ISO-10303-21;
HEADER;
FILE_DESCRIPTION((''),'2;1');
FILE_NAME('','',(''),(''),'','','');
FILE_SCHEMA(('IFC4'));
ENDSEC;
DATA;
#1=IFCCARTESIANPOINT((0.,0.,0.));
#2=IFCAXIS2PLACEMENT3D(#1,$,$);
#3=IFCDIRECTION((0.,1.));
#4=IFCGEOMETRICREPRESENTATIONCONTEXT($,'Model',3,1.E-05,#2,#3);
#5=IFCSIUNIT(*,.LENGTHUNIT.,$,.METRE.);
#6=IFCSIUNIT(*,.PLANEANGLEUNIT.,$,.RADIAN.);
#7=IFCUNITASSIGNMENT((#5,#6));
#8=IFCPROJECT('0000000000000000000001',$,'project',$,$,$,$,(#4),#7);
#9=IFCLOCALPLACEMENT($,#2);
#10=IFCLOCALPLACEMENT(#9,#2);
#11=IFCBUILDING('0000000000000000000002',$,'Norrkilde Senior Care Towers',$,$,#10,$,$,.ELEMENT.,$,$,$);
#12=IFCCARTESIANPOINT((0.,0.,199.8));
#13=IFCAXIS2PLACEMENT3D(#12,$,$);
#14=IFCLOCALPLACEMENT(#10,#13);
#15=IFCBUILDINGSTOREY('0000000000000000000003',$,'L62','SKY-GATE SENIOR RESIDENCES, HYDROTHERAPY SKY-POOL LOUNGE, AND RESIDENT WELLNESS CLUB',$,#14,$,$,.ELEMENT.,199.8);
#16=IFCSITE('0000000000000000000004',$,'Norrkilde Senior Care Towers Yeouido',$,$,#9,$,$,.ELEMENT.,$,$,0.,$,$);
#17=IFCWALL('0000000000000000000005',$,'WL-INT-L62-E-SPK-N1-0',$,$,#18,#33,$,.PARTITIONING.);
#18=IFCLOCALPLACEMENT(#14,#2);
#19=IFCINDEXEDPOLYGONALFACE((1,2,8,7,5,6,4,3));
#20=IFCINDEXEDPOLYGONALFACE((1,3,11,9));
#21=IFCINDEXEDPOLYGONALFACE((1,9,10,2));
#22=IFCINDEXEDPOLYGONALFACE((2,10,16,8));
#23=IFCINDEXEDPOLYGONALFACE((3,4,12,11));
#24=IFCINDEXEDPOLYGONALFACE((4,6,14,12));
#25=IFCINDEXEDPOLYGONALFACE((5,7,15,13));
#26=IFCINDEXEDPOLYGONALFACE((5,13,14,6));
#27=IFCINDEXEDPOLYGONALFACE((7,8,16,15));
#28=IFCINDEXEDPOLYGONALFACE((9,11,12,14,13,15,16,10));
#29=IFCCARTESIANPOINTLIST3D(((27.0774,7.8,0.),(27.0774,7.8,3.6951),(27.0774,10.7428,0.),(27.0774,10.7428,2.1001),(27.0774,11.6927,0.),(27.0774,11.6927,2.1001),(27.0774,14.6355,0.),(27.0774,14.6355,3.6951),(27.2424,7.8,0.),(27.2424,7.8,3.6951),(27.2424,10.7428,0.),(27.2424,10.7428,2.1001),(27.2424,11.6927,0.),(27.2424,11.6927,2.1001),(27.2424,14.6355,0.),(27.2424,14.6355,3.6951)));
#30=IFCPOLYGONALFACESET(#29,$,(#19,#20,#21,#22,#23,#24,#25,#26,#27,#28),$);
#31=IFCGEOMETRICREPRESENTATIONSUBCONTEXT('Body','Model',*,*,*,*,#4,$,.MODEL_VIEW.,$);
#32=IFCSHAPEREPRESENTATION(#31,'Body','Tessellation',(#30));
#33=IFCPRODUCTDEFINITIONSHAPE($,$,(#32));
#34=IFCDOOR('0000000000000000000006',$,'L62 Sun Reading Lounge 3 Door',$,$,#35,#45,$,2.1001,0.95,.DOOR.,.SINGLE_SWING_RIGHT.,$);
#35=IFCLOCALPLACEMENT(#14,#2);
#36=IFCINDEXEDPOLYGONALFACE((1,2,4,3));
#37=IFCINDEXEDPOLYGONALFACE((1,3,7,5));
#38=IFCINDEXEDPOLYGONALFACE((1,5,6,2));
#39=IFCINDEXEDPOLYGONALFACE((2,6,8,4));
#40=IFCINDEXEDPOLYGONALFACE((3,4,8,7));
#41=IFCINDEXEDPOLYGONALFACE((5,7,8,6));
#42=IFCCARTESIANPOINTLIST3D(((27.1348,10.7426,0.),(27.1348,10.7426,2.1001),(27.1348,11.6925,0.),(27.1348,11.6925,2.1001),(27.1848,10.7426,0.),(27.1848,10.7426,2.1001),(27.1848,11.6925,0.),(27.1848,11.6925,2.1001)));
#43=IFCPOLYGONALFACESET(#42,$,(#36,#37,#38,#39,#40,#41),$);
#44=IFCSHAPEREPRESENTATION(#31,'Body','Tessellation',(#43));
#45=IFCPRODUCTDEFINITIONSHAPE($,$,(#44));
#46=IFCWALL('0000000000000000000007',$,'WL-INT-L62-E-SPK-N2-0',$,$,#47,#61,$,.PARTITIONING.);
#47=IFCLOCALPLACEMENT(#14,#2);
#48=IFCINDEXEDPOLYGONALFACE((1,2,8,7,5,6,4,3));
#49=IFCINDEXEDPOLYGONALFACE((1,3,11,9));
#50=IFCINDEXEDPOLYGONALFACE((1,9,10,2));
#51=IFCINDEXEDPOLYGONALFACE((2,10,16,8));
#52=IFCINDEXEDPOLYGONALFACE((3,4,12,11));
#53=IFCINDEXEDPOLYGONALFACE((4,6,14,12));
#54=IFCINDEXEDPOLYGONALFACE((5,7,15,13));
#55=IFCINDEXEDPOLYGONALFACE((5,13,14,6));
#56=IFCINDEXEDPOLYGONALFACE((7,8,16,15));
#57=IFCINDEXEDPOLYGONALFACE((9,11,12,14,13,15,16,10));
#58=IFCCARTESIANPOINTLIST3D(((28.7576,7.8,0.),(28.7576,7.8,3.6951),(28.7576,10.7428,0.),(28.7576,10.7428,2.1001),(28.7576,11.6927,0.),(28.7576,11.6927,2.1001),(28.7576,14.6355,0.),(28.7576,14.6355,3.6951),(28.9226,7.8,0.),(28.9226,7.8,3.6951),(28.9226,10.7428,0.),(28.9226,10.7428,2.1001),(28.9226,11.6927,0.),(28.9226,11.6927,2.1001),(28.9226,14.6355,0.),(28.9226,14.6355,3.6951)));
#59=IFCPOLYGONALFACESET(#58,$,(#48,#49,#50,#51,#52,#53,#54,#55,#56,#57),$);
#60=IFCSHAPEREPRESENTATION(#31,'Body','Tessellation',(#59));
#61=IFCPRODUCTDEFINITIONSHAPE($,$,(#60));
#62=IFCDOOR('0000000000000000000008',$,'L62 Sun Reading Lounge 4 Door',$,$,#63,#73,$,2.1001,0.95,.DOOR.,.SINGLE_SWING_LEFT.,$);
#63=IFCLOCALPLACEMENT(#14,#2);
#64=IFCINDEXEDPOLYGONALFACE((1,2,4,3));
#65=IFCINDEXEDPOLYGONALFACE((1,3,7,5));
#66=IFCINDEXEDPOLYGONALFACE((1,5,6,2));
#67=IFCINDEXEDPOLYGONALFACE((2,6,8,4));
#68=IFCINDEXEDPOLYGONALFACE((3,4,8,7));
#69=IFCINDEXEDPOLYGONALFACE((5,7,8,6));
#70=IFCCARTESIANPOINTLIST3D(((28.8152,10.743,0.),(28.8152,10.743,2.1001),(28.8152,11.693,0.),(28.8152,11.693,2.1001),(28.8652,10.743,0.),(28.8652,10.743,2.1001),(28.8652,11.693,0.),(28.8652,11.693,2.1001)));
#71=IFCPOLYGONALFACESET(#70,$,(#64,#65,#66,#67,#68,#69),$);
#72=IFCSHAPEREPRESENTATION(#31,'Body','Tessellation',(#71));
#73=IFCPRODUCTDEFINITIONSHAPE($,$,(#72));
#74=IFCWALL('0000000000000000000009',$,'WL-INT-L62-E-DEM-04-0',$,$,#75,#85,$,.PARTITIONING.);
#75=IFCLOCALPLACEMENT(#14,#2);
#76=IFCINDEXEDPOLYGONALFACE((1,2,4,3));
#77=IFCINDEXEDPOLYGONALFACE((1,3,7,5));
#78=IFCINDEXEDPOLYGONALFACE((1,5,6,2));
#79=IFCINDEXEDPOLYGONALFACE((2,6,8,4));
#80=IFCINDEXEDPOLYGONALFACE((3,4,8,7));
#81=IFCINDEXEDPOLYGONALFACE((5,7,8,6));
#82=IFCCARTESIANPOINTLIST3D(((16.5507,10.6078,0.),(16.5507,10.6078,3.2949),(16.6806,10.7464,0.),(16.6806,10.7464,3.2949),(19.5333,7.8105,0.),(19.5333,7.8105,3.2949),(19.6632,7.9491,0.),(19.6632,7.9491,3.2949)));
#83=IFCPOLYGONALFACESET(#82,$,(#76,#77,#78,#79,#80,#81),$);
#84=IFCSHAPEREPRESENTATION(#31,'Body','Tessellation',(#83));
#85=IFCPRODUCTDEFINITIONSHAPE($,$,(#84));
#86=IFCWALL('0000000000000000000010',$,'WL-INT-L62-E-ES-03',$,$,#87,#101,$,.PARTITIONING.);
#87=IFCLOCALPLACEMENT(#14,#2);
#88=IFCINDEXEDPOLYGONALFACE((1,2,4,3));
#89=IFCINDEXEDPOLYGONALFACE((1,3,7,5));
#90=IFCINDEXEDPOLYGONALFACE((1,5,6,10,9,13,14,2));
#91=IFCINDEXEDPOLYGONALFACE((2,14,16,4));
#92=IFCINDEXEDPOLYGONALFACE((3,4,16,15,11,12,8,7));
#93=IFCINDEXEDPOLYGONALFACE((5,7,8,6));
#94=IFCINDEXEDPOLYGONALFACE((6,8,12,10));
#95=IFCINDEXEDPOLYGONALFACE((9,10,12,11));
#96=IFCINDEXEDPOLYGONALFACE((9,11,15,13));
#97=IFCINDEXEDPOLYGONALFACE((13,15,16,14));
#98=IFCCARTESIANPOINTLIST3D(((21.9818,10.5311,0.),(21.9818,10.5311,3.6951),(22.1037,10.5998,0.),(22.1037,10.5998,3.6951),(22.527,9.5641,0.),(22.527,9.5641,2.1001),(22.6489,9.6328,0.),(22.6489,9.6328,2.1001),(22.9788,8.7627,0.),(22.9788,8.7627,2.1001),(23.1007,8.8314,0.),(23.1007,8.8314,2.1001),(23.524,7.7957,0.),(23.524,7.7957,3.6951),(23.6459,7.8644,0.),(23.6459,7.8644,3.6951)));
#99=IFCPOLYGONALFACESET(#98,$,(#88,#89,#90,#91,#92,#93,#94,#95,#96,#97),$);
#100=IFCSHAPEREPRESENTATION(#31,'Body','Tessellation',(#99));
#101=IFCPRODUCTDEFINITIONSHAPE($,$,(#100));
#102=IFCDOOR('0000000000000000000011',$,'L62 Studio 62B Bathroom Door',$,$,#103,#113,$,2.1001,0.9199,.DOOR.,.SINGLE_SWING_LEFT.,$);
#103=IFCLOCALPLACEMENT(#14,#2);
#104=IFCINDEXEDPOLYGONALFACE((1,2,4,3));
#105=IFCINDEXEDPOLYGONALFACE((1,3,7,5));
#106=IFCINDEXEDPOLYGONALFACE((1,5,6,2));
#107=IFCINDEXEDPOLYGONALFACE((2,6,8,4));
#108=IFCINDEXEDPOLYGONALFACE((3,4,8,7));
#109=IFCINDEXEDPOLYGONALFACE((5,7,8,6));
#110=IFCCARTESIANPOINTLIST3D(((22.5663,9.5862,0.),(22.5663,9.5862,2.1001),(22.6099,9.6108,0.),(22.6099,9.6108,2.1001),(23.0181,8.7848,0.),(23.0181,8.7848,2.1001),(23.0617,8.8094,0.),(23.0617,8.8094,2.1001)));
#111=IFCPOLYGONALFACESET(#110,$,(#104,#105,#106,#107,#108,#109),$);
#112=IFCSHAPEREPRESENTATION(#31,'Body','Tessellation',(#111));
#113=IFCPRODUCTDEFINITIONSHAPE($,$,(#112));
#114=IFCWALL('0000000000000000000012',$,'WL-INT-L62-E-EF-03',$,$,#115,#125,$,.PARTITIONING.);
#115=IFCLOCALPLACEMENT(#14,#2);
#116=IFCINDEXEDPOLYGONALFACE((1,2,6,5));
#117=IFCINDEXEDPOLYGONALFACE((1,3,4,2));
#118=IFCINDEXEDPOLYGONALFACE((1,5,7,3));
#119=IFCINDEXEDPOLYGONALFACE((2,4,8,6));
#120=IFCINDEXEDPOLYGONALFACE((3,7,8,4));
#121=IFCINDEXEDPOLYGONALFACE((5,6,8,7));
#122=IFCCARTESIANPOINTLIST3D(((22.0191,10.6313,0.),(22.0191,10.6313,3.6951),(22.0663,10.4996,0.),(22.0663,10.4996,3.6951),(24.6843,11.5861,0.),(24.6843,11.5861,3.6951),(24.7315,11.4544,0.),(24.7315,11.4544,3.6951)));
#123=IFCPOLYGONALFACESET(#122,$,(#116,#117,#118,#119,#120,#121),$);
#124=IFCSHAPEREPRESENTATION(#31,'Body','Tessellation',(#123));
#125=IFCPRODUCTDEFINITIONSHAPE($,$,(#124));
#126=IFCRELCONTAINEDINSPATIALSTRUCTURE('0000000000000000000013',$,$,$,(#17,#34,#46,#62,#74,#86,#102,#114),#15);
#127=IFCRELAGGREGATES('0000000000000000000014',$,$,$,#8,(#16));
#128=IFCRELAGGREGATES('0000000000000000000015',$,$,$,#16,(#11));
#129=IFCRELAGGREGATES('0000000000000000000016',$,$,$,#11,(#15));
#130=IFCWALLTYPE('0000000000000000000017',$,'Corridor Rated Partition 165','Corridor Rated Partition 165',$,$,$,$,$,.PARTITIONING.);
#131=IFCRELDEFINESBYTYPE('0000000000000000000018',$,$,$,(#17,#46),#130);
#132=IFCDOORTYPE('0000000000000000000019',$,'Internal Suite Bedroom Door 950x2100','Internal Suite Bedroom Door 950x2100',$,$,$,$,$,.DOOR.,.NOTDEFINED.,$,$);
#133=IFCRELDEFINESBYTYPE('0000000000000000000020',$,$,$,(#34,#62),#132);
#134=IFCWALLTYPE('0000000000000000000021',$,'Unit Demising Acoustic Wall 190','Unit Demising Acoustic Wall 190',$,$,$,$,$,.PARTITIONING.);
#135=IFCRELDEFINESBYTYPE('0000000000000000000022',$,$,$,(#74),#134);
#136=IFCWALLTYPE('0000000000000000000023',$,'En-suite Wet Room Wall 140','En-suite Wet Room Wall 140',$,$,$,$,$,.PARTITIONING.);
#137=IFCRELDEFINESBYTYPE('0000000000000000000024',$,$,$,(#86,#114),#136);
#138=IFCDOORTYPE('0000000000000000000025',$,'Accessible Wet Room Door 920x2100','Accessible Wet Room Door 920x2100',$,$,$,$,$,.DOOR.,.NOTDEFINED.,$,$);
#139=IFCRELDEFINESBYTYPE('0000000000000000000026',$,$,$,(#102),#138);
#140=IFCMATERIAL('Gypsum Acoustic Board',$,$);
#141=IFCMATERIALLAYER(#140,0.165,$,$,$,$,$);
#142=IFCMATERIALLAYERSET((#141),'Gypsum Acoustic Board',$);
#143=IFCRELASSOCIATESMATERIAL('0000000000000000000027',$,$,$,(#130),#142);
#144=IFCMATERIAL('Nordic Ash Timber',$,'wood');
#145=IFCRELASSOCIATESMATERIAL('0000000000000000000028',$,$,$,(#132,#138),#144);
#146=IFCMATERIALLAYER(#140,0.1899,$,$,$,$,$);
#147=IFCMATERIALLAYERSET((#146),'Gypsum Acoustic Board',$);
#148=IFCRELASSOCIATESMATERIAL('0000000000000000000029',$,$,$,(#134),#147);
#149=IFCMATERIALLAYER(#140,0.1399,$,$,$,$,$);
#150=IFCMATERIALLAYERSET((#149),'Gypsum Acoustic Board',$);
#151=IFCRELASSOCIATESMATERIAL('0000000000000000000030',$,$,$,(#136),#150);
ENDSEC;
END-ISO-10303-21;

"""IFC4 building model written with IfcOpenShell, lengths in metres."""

from ifc_helpers import new_model, si_unit, direction, frame, frame_2d, origin, place, context, subcontext, project, spatial, rectangle, extrude, source, transform, mapped, material, layer, layer_set, type_object, type_shapes, element, fill, save


model = new_model("IFC4")

# Units and contexts
model_context = context("Model", 3, precision=1e-05, world=origin(), true_north=direction((0.0, 1.0)))
body_context = subcontext(model_context, "Body", "Model", "MODEL_VIEW")
ifc_project = project(units=[si_unit("LENGTHUNIT", "METRE"), si_unit("PLANEANGLEUNIT", "RADIAN")], contexts=[model_context])

# Site, building, storey
site_placement = place(None, origin())
site = spatial("IfcSite", under=ifc_project, at=site_placement, Name="Norrkilde Senior Care Towers Yeouido", CompositionType="ELEMENT", RefElevation=0.0)
building_placement = place(site_placement, origin())
building = spatial("IfcBuilding", under=site, at=building_placement, Name="Norrkilde Senior Care Towers", CompositionType="ELEMENT")
storey_placement = place(building_placement, frame((0.0, 0.0, 199.8)))
storey = spatial("IfcBuildingStorey", under=building, at=storey_placement, Name="L62", Description="SKY-GATE SENIOR RESIDENCES, HYDROTHERAPY SKY-POOL LOUNGE, AND RESIDENT WELLNESS CLUB", CompositionType="ELEMENT", Elevation=199.8)

# Shared definitions
ifc_material_1 = material(Name="Gypsum Acoustic Board")
ifc_layer_1 = layer(ifc_material_1, 0.165)
ifc_layer_set_1 = layer_set([ifc_layer_1], Name="Gypsum Acoustic Board")
wall_type_1 = type_object("IfcWallType", Name="Corridor Rated Partition 165", Description="Corridor Rated Partition 165", PredefinedType="PARTITIONING", material=ifc_layer_set_1)
ifc_material_2 = material(Name="Nordic Ash Timber", Category="wood")

# Walls, openings, doors
shared_shape_1 = source(origin(), body_context, "Body", "SweptSolid", [
    extrude(rectangle(XDim=6.8354, YDim=0.165, at=frame_2d((3.4177, 0.0))), origin(), (0.0, 0.0, 1.0), 3.6951),
])
wall_1_placement = place(storey_placement, frame((27.1599, 7.8, 0.0), z_axis=(0.0, 0.0, 1.0), x_axis=(0.0, 1.0, 0.0)))
wall_1 = element("IfcWall", 1, at=wall_1_placement, inside=storey, type_object=wall_type_1, Name="WL-INT-L62-E-SPK-N1-0", PredefinedType="PARTITIONING", context=body_context, shape_type="MappedRepresentation", body=[
    mapped(shared_shape_1, transform((0.0, 0.0, 0.0), x_axis=(1.0, 0.0, 0.0), y_axis=(0.0, 1.0, 0.0), z_axis=(0.0, 0.0, 1.0), scale=1.0)),
])
opening_1_placement = place(wall_1_placement, frame((2.9426, 0.0, 0.0)))
opening_1 = element("IfcOpeningElement", 2, at=opening_1_placement, cuts=wall_1, PredefinedType="OPENING", context=body_context, shape_type="SweptSolid", body=[
    extrude(rectangle(XDim=0.95, YDim=2.1001, at=frame_2d((0.4751, 1.05))), frame((0.0, 0.0925, 0.0), z_axis=(0.0, -1.0, 0.0), x_axis=(1.0, 0.0, 0.0)), (0.0, 0.0, 1.0), 0.1851),
])
door_type_1 = type_object("IfcDoorType", Name="Internal Suite Bedroom Door 950x2100", Description="Internal Suite Bedroom Door 950x2100", OperationType="NOTDEFINED", PredefinedType="DOOR", material=ifc_material_2)
shared_shape_2 = source(origin(), body_context, "Body", "SweptSolid", [
    extrude(rectangle(XDim=0.95, YDim=2.1001, at=frame_2d((0.4751, 1.05))), frame((0.0, 0.0249, 0.0), z_axis=(0.0, -1.0, 0.0), x_axis=(1.0, 0.0, 0.0)), (0.0, 0.0, 1.0), 0.05),
])
type_shapes(door_type_1, [shared_shape_2])
door_1_placement = place(opening_1_placement, frame((0.95, 0.0, 0.0), z_axis=(0.0, 0.0, 1.0), x_axis=(-1.0, 0.0, 0.0)))
door_1 = element("IfcDoor", 3, at=door_1_placement, inside=storey, type_object=door_type_1, Name="L62 Sun Reading Lounge 3 Door", OperationType="SINGLE_SWING_RIGHT", OverallHeight=2.1001, OverallWidth=0.95, PredefinedType="DOOR", context=body_context, shape_type="MappedRepresentation", body=[
    mapped(shared_shape_2, transform((0.0, 0.0, 0.0), x_axis=(1.0, 0.0, 0.0), y_axis=(0.0, 1.0, 0.0), z_axis=(0.0, 0.0, 1.0), scale=1.0)),
])
fill(opening_1, door_1)
wall_2_placement = place(storey_placement, frame((28.8401, 14.6355, 0.0), z_axis=(0.0, 0.0, 1.0), x_axis=(0.0, -1.0, 0.0)))
wall_2 = element("IfcWall", 4, at=wall_2_placement, inside=storey, type_object=wall_type_1, Name="WL-INT-L62-E-SPK-N2-0", PredefinedType="PARTITIONING", context=body_context, shape_type="MappedRepresentation", body=[
    mapped(shared_shape_1, transform((0.0, 0.0, 0.0), x_axis=(1.0, 0.0, 0.0), y_axis=(0.0, 1.0, 0.0), z_axis=(0.0, 0.0, 1.0), scale=1.0)),
])
opening_2_placement = place(wall_2_placement, frame((2.9426, 0.0, 0.0)))
opening_2 = element("IfcOpeningElement", 5, at=opening_2_placement, cuts=wall_2, PredefinedType="OPENING", context=body_context, shape_type="SweptSolid", body=[
    extrude(rectangle(XDim=0.95, YDim=2.1001, at=frame_2d((0.4751, 1.05))), frame((0.0, 0.0925, 0.0), z_axis=(0.0, -1.0, 0.0), x_axis=(1.0, 0.0, 0.0)), (0.0, 0.0, 1.0), 0.1851),
])
door_2_placement = place(opening_2_placement, frame((0.95, 0.0, 0.0), z_axis=(0.0, 0.0, 1.0), x_axis=(-1.0, 0.0, 0.0)))
door_2 = element("IfcDoor", 6, at=door_2_placement, inside=storey, type_object=door_type_1, Name="L62 Sun Reading Lounge 4 Door", OperationType="SINGLE_SWING_LEFT", OverallHeight=2.1001, OverallWidth=0.95, PredefinedType="DOOR", context=body_context, shape_type="MappedRepresentation", body=[
    mapped(shared_shape_2, transform((0.0, 0.0, 0.0), x_axis=(1.0, 0.0, 0.0), y_axis=(0.0, 1.0, 0.0), z_axis=(0.0, 0.0, 1.0), scale=1.0)),
])
fill(opening_2, door_2)

# Wall
ifc_layer_2 = layer(ifc_material_1, 0.1899)
ifc_layer_set_2 = layer_set([ifc_layer_2], Name="Gypsum Acoustic Board")
wall_type_2 = type_object("IfcWallType", Name="Unit Demising Acoustic Wall 190", Description="Unit Demising Acoustic Wall 190", PredefinedType="PARTITIONING", material=ifc_layer_set_2)
shared_shape_3 = source(origin(), body_context, "Body", "SweptSolid", [
    extrude(rectangle(XDim=4.0891, YDim=0.1899, at=frame_2d((2.0444, 0.0))), origin(), (0.0, 0.0, 1.0), 3.2949),
])
type_shapes(wall_type_2, [shared_shape_3])
wall_3_placement = place(storey_placement, frame((19.5981, 7.8799, 0.0), z_axis=(0.0, 0.0, 1.0), x_axis=(-0.729401, 0.684086, 0.0)))
element("IfcWall", 7, at=wall_3_placement, inside=storey, type_object=wall_type_2, Name="WL-INT-L62-E-DEM-04-0", PredefinedType="PARTITIONING", context=body_context, shape_type="MappedRepresentation", body=[
    mapped(shared_shape_3, transform((0.0, 0.0, 0.0), x_axis=(1.0, 0.0, 0.0), y_axis=(0.0, 1.0, 0.0), z_axis=(0.0, 0.0, 1.0), scale=1.0)),
])

# Wall, opening, door
ifc_layer_3 = layer(ifc_material_1, 0.1399)
ifc_layer_set_3 = layer_set([ifc_layer_3], Name="Gypsum Acoustic Board")
wall_type_3 = type_object("IfcWallType", Name="En-suite Wet Room Wall 140", Description="En-suite Wet Room Wall 140", PredefinedType="PARTITIONING", material=ifc_layer_set_3)
shared_shape_4 = source(origin(), body_context, "Body", "SweptSolid", [
    extrude(rectangle(XDim=3.1401, YDim=0.1399, at=frame_2d((1.5701, 0.0))), origin(), (0.0, 0.0, 1.0), 3.6951),
])
wall_4_placement = place(storey_placement, frame((23.585, 7.8301, 0.0), z_axis=(0.0, 0.0, 1.0), x_axis=(-0.491132, 0.871085, 0.0)))
wall_4 = element("IfcWall", 8, at=wall_4_placement, inside=storey, type_object=wall_type_3, Name="WL-INT-L62-E-ES-03", PredefinedType="PARTITIONING", context=body_context, shape_type="MappedRepresentation", body=[
    mapped(shared_shape_4, transform((0.0, 0.0, 0.0), x_axis=(1.0, 0.0, 0.0), y_axis=(0.0, 1.0, 0.0), z_axis=(0.0, 0.0, 1.0), scale=1.0)),
])
opening_3_placement = place(wall_4_placement, frame((1.1101, 0.0, 0.0)))
opening_3 = element("IfcOpeningElement", 9, at=opening_3_placement, cuts=wall_4, PredefinedType="OPENING", context=body_context, shape_type="SweptSolid", body=[
    extrude(rectangle(XDim=0.9199, YDim=2.1001, at=frame_2d((0.46, 1.05))), frame((0.0, 0.0798, 0.0), z_axis=(0.0, -1.0, 0.0), x_axis=(1.0, 0.0, 0.0)), (0.0, 0.0, 1.0), 0.1599),
])
door_type_2 = type_object("IfcDoorType", Name="Accessible Wet Room Door 920x2100", Description="Accessible Wet Room Door 920x2100", OperationType="NOTDEFINED", PredefinedType="DOOR", material=ifc_material_2)
shared_shape_5 = source(origin(), body_context, "Body", "SweptSolid", [
    extrude(rectangle(XDim=0.9199, YDim=2.1001, at=frame_2d((0.46, 1.05))), frame((0.0, 0.0249, 0.0), z_axis=(0.0, -1.0, 0.0), x_axis=(1.0, 0.0, 0.0)), (0.0, 0.0, 1.0), 0.05),
])
type_shapes(door_type_2, [shared_shape_5])
door_3_placement = place(opening_3_placement, origin())
door_3 = element("IfcDoor", 10, at=door_3_placement, inside=storey, type_object=door_type_2, Name="L62 Studio 62B Bathroom Door", OperationType="SINGLE_SWING_LEFT", OverallHeight=2.1001, OverallWidth=0.9199, PredefinedType="DOOR", context=body_context, shape_type="MappedRepresentation", body=[
    mapped(shared_shape_5, transform((0.0, 0.0, 0.0), x_axis=(1.0, 0.0, 0.0), y_axis=(0.0, 1.0, 0.0), z_axis=(0.0, 0.0, 1.0), scale=1.0)),
])
fill(opening_3, door_3)

# Wall
shared_shape_6 = source(origin(), body_context, "Body", "SweptSolid", [
    extrude(rectangle(XDim=2.8311, YDim=0.1399, at=frame_2d((1.4155, 0.0))), origin(), (0.0, 0.0, 1.0), 3.6951),
])
type_shapes(wall_type_3, [shared_shape_4, shared_shape_6])
wall_5_placement = place(storey_placement, frame((22.0427, 10.5654, 0.0), z_axis=(0.0, 0.0, 1.0), x_axis=(0.941412, 0.337259, 0.0)))
element("IfcWall", 11, at=wall_5_placement, inside=storey, type_object=wall_type_3, Name="WL-INT-L62-E-EF-03", PredefinedType="PARTITIONING", context=body_context, shape_type="MappedRepresentation", body=[
    mapped(shared_shape_6, transform((0.0, 0.0, 0.0), x_axis=(1.0, 0.0, 0.0), y_axis=(0.0, 1.0, 0.0), z_axis=(0.0, 0.0, 1.0), scale=1.0)),
])

save(model, "model.ifc")
